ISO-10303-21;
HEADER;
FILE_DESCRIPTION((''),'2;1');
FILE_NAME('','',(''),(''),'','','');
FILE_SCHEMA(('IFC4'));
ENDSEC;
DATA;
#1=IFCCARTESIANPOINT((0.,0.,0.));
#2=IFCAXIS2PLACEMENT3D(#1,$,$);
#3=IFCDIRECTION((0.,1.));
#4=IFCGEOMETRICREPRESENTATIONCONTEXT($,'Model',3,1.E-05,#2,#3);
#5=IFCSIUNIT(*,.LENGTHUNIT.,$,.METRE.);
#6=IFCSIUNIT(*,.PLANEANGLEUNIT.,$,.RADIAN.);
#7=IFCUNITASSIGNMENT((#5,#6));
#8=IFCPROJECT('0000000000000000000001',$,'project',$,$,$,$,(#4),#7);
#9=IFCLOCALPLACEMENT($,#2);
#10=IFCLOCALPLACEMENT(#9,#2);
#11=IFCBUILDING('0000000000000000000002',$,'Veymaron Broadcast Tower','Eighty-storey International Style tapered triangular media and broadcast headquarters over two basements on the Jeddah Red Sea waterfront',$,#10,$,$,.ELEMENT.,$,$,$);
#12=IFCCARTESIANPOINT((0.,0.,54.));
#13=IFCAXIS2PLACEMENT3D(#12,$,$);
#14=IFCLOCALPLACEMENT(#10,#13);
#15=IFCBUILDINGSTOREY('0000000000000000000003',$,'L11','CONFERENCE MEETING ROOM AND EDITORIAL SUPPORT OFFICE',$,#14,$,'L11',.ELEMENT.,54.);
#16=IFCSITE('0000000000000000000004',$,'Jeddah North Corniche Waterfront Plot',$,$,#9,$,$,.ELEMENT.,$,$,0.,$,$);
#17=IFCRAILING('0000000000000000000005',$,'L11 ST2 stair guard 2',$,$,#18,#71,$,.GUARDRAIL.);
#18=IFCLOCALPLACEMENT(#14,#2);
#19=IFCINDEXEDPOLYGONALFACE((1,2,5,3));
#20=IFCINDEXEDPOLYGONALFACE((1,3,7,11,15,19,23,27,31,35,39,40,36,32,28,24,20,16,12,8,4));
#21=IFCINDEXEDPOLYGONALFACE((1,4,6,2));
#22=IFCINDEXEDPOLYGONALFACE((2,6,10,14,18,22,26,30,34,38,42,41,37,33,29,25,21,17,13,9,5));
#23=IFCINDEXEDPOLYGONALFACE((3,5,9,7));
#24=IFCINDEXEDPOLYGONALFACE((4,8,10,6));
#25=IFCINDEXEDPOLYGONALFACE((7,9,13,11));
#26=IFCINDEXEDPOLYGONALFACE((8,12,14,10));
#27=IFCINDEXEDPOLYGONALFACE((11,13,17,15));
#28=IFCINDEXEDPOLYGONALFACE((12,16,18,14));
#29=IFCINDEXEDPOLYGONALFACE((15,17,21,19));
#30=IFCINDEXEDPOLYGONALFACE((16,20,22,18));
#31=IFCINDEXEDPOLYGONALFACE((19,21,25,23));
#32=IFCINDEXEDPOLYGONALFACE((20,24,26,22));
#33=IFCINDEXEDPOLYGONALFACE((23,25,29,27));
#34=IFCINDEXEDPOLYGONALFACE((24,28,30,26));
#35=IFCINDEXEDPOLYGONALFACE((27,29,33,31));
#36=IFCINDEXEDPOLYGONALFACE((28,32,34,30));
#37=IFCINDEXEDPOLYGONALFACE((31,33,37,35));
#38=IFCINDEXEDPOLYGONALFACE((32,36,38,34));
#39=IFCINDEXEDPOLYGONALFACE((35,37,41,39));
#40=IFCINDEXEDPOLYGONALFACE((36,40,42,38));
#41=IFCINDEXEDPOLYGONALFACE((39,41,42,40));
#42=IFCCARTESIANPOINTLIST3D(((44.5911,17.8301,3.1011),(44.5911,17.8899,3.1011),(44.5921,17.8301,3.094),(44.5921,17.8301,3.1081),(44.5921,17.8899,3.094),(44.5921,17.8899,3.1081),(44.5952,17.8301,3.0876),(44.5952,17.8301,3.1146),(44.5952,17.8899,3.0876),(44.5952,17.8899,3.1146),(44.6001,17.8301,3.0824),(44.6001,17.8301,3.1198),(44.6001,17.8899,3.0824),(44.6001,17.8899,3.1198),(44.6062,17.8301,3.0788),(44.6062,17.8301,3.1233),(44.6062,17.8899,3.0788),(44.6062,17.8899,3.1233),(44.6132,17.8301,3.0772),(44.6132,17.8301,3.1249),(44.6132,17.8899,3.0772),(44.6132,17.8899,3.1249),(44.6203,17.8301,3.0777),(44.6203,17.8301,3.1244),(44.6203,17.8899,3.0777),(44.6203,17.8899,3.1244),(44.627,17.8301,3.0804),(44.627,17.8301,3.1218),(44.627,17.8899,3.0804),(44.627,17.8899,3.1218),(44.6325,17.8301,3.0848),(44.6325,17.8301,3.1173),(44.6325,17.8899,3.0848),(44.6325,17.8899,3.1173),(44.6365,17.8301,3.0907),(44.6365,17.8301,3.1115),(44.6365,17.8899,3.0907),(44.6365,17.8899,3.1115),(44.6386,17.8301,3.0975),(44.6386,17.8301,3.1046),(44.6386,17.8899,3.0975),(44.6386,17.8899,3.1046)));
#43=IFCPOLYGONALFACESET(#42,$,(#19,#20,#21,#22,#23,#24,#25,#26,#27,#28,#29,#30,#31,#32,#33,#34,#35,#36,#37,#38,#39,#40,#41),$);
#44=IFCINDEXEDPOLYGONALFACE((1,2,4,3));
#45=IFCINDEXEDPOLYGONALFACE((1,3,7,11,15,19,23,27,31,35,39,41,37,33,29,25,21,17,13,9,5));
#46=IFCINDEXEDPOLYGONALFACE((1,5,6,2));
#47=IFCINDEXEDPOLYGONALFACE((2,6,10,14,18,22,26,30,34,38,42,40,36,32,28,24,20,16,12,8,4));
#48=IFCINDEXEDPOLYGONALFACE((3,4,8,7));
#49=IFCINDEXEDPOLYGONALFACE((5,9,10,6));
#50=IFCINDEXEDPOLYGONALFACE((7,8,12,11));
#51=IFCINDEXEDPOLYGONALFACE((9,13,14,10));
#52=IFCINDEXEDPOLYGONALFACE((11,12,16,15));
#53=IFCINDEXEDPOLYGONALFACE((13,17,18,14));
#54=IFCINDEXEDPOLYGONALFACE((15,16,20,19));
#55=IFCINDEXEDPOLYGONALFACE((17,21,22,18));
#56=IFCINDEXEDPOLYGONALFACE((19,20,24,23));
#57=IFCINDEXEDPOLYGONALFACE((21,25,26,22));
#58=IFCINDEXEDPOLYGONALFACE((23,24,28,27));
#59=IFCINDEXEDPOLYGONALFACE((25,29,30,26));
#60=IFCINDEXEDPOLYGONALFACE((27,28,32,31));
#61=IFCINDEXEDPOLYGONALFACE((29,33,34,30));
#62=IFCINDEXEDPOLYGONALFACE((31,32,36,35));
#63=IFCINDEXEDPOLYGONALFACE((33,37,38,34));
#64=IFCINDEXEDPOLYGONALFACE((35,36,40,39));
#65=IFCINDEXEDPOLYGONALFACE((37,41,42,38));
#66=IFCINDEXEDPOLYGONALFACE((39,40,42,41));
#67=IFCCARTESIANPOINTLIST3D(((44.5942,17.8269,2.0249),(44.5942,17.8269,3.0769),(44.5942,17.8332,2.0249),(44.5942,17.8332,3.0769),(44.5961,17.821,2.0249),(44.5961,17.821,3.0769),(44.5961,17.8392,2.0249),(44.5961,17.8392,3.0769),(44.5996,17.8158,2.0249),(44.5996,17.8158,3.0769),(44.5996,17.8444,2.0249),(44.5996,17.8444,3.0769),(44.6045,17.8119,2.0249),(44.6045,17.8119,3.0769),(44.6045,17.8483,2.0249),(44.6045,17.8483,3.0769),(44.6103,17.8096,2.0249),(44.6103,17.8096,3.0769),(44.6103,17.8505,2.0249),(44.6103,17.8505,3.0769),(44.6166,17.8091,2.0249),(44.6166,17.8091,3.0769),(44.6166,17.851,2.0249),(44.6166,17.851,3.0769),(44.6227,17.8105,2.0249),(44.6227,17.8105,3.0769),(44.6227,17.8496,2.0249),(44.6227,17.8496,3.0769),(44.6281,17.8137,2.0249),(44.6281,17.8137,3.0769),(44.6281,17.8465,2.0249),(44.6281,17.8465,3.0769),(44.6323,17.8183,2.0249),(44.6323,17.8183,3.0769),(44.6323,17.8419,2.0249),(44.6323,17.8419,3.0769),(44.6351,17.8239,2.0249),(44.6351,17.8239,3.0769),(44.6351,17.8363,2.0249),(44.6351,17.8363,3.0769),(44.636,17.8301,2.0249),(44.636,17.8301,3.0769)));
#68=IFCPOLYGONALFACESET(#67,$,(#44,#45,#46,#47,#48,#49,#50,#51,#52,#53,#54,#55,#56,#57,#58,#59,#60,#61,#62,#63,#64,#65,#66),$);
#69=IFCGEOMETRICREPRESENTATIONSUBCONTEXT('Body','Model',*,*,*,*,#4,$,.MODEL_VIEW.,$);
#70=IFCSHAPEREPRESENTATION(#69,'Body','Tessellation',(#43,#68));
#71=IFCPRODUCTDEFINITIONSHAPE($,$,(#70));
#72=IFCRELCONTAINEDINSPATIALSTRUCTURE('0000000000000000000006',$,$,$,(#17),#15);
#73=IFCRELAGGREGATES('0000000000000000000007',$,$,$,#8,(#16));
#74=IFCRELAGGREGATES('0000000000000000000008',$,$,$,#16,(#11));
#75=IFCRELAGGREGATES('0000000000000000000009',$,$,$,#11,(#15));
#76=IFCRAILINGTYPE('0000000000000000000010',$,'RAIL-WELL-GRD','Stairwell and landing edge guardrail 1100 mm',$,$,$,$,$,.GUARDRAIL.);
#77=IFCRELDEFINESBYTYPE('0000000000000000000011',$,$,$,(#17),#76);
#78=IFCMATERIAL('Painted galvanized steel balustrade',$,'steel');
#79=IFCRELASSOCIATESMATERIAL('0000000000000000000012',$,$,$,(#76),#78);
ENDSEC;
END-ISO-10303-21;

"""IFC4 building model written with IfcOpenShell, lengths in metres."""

from ifc_helpers import new_model, si_unit, direction, frame, origin, origin_2d, place, context, subcontext, project, spatial, circle, extrude, material, type_object, element, save


model = new_model("IFC4")

# Units and contexts
model_context = context("Model", 3, precision=1e-05, world=origin(), true_north=direction((0.0, 1.0)))
body_context = subcontext(model_context, "Body", "Model", "MODEL_VIEW")
ifc_project = project(units=[si_unit("LENGTHUNIT", "METRE"), si_unit("PLANEANGLEUNIT", "RADIAN")], contexts=[model_context])

# Site, building, storey
site_placement = place(None, origin())
site = spatial("IfcSite", under=ifc_project, at=site_placement, Name="Jeddah North Corniche Waterfront Plot", CompositionType="ELEMENT", RefElevation=0.0)
building_placement = place(site_placement, origin())
building = spatial("IfcBuilding", under=site, at=building_placement, Name="Veymaron Broadcast Tower", Description="Eighty-storey International Style tapered triangular media and broadcast headquarters over two basements on the Jeddah Red Sea waterfront", CompositionType="ELEMENT")
storey_placement = place(building_placement, frame((0.0, 0.0, 54.0)))
storey = spatial("IfcBuildingStorey", under=building, at=storey_placement, Name="L11", Description="CONFERENCE MEETING ROOM AND EDITORIAL SUPPORT OFFICE", LongName="L11", CompositionType="ELEMENT", Elevation=54.0)

# Railing
ifc_material_1 = material(Name="Painted galvanized steel balustrade", Category="steel")
railing_type_1 = type_object("IfcRailingType", Name="RAIL-WELL-GRD", Description="Stairwell and landing edge guardrail 1100 mm", PredefinedType="GUARDRAIL", material=ifc_material_1)
railing_1_placement = place(storey_placement, frame((44.615, 17.8301, 2.0249)))
element("IfcRailing", 1, at=railing_1_placement, inside=storey, type_object=railing_type_1, Name="L11 ST2 stair guard 2", PredefinedType="GUARDRAIL", context=body_context, shape_type="SweptSolid", body=[
    extrude(circle(Radius=0.0239, at=origin_2d()), frame((0.0, 0.0, 1.0762), z_axis=(0.0, 1.0, 0.0), x_axis=(-1.0, 0.0, 0.0)), (0.0, 0.0, 1.0), 0.0598),
    extrude(circle(Radius=0.021, at=origin_2d()), origin(), (0.0, 0.0, 1.0), 1.052),
])

save(model, "model.ifc")
